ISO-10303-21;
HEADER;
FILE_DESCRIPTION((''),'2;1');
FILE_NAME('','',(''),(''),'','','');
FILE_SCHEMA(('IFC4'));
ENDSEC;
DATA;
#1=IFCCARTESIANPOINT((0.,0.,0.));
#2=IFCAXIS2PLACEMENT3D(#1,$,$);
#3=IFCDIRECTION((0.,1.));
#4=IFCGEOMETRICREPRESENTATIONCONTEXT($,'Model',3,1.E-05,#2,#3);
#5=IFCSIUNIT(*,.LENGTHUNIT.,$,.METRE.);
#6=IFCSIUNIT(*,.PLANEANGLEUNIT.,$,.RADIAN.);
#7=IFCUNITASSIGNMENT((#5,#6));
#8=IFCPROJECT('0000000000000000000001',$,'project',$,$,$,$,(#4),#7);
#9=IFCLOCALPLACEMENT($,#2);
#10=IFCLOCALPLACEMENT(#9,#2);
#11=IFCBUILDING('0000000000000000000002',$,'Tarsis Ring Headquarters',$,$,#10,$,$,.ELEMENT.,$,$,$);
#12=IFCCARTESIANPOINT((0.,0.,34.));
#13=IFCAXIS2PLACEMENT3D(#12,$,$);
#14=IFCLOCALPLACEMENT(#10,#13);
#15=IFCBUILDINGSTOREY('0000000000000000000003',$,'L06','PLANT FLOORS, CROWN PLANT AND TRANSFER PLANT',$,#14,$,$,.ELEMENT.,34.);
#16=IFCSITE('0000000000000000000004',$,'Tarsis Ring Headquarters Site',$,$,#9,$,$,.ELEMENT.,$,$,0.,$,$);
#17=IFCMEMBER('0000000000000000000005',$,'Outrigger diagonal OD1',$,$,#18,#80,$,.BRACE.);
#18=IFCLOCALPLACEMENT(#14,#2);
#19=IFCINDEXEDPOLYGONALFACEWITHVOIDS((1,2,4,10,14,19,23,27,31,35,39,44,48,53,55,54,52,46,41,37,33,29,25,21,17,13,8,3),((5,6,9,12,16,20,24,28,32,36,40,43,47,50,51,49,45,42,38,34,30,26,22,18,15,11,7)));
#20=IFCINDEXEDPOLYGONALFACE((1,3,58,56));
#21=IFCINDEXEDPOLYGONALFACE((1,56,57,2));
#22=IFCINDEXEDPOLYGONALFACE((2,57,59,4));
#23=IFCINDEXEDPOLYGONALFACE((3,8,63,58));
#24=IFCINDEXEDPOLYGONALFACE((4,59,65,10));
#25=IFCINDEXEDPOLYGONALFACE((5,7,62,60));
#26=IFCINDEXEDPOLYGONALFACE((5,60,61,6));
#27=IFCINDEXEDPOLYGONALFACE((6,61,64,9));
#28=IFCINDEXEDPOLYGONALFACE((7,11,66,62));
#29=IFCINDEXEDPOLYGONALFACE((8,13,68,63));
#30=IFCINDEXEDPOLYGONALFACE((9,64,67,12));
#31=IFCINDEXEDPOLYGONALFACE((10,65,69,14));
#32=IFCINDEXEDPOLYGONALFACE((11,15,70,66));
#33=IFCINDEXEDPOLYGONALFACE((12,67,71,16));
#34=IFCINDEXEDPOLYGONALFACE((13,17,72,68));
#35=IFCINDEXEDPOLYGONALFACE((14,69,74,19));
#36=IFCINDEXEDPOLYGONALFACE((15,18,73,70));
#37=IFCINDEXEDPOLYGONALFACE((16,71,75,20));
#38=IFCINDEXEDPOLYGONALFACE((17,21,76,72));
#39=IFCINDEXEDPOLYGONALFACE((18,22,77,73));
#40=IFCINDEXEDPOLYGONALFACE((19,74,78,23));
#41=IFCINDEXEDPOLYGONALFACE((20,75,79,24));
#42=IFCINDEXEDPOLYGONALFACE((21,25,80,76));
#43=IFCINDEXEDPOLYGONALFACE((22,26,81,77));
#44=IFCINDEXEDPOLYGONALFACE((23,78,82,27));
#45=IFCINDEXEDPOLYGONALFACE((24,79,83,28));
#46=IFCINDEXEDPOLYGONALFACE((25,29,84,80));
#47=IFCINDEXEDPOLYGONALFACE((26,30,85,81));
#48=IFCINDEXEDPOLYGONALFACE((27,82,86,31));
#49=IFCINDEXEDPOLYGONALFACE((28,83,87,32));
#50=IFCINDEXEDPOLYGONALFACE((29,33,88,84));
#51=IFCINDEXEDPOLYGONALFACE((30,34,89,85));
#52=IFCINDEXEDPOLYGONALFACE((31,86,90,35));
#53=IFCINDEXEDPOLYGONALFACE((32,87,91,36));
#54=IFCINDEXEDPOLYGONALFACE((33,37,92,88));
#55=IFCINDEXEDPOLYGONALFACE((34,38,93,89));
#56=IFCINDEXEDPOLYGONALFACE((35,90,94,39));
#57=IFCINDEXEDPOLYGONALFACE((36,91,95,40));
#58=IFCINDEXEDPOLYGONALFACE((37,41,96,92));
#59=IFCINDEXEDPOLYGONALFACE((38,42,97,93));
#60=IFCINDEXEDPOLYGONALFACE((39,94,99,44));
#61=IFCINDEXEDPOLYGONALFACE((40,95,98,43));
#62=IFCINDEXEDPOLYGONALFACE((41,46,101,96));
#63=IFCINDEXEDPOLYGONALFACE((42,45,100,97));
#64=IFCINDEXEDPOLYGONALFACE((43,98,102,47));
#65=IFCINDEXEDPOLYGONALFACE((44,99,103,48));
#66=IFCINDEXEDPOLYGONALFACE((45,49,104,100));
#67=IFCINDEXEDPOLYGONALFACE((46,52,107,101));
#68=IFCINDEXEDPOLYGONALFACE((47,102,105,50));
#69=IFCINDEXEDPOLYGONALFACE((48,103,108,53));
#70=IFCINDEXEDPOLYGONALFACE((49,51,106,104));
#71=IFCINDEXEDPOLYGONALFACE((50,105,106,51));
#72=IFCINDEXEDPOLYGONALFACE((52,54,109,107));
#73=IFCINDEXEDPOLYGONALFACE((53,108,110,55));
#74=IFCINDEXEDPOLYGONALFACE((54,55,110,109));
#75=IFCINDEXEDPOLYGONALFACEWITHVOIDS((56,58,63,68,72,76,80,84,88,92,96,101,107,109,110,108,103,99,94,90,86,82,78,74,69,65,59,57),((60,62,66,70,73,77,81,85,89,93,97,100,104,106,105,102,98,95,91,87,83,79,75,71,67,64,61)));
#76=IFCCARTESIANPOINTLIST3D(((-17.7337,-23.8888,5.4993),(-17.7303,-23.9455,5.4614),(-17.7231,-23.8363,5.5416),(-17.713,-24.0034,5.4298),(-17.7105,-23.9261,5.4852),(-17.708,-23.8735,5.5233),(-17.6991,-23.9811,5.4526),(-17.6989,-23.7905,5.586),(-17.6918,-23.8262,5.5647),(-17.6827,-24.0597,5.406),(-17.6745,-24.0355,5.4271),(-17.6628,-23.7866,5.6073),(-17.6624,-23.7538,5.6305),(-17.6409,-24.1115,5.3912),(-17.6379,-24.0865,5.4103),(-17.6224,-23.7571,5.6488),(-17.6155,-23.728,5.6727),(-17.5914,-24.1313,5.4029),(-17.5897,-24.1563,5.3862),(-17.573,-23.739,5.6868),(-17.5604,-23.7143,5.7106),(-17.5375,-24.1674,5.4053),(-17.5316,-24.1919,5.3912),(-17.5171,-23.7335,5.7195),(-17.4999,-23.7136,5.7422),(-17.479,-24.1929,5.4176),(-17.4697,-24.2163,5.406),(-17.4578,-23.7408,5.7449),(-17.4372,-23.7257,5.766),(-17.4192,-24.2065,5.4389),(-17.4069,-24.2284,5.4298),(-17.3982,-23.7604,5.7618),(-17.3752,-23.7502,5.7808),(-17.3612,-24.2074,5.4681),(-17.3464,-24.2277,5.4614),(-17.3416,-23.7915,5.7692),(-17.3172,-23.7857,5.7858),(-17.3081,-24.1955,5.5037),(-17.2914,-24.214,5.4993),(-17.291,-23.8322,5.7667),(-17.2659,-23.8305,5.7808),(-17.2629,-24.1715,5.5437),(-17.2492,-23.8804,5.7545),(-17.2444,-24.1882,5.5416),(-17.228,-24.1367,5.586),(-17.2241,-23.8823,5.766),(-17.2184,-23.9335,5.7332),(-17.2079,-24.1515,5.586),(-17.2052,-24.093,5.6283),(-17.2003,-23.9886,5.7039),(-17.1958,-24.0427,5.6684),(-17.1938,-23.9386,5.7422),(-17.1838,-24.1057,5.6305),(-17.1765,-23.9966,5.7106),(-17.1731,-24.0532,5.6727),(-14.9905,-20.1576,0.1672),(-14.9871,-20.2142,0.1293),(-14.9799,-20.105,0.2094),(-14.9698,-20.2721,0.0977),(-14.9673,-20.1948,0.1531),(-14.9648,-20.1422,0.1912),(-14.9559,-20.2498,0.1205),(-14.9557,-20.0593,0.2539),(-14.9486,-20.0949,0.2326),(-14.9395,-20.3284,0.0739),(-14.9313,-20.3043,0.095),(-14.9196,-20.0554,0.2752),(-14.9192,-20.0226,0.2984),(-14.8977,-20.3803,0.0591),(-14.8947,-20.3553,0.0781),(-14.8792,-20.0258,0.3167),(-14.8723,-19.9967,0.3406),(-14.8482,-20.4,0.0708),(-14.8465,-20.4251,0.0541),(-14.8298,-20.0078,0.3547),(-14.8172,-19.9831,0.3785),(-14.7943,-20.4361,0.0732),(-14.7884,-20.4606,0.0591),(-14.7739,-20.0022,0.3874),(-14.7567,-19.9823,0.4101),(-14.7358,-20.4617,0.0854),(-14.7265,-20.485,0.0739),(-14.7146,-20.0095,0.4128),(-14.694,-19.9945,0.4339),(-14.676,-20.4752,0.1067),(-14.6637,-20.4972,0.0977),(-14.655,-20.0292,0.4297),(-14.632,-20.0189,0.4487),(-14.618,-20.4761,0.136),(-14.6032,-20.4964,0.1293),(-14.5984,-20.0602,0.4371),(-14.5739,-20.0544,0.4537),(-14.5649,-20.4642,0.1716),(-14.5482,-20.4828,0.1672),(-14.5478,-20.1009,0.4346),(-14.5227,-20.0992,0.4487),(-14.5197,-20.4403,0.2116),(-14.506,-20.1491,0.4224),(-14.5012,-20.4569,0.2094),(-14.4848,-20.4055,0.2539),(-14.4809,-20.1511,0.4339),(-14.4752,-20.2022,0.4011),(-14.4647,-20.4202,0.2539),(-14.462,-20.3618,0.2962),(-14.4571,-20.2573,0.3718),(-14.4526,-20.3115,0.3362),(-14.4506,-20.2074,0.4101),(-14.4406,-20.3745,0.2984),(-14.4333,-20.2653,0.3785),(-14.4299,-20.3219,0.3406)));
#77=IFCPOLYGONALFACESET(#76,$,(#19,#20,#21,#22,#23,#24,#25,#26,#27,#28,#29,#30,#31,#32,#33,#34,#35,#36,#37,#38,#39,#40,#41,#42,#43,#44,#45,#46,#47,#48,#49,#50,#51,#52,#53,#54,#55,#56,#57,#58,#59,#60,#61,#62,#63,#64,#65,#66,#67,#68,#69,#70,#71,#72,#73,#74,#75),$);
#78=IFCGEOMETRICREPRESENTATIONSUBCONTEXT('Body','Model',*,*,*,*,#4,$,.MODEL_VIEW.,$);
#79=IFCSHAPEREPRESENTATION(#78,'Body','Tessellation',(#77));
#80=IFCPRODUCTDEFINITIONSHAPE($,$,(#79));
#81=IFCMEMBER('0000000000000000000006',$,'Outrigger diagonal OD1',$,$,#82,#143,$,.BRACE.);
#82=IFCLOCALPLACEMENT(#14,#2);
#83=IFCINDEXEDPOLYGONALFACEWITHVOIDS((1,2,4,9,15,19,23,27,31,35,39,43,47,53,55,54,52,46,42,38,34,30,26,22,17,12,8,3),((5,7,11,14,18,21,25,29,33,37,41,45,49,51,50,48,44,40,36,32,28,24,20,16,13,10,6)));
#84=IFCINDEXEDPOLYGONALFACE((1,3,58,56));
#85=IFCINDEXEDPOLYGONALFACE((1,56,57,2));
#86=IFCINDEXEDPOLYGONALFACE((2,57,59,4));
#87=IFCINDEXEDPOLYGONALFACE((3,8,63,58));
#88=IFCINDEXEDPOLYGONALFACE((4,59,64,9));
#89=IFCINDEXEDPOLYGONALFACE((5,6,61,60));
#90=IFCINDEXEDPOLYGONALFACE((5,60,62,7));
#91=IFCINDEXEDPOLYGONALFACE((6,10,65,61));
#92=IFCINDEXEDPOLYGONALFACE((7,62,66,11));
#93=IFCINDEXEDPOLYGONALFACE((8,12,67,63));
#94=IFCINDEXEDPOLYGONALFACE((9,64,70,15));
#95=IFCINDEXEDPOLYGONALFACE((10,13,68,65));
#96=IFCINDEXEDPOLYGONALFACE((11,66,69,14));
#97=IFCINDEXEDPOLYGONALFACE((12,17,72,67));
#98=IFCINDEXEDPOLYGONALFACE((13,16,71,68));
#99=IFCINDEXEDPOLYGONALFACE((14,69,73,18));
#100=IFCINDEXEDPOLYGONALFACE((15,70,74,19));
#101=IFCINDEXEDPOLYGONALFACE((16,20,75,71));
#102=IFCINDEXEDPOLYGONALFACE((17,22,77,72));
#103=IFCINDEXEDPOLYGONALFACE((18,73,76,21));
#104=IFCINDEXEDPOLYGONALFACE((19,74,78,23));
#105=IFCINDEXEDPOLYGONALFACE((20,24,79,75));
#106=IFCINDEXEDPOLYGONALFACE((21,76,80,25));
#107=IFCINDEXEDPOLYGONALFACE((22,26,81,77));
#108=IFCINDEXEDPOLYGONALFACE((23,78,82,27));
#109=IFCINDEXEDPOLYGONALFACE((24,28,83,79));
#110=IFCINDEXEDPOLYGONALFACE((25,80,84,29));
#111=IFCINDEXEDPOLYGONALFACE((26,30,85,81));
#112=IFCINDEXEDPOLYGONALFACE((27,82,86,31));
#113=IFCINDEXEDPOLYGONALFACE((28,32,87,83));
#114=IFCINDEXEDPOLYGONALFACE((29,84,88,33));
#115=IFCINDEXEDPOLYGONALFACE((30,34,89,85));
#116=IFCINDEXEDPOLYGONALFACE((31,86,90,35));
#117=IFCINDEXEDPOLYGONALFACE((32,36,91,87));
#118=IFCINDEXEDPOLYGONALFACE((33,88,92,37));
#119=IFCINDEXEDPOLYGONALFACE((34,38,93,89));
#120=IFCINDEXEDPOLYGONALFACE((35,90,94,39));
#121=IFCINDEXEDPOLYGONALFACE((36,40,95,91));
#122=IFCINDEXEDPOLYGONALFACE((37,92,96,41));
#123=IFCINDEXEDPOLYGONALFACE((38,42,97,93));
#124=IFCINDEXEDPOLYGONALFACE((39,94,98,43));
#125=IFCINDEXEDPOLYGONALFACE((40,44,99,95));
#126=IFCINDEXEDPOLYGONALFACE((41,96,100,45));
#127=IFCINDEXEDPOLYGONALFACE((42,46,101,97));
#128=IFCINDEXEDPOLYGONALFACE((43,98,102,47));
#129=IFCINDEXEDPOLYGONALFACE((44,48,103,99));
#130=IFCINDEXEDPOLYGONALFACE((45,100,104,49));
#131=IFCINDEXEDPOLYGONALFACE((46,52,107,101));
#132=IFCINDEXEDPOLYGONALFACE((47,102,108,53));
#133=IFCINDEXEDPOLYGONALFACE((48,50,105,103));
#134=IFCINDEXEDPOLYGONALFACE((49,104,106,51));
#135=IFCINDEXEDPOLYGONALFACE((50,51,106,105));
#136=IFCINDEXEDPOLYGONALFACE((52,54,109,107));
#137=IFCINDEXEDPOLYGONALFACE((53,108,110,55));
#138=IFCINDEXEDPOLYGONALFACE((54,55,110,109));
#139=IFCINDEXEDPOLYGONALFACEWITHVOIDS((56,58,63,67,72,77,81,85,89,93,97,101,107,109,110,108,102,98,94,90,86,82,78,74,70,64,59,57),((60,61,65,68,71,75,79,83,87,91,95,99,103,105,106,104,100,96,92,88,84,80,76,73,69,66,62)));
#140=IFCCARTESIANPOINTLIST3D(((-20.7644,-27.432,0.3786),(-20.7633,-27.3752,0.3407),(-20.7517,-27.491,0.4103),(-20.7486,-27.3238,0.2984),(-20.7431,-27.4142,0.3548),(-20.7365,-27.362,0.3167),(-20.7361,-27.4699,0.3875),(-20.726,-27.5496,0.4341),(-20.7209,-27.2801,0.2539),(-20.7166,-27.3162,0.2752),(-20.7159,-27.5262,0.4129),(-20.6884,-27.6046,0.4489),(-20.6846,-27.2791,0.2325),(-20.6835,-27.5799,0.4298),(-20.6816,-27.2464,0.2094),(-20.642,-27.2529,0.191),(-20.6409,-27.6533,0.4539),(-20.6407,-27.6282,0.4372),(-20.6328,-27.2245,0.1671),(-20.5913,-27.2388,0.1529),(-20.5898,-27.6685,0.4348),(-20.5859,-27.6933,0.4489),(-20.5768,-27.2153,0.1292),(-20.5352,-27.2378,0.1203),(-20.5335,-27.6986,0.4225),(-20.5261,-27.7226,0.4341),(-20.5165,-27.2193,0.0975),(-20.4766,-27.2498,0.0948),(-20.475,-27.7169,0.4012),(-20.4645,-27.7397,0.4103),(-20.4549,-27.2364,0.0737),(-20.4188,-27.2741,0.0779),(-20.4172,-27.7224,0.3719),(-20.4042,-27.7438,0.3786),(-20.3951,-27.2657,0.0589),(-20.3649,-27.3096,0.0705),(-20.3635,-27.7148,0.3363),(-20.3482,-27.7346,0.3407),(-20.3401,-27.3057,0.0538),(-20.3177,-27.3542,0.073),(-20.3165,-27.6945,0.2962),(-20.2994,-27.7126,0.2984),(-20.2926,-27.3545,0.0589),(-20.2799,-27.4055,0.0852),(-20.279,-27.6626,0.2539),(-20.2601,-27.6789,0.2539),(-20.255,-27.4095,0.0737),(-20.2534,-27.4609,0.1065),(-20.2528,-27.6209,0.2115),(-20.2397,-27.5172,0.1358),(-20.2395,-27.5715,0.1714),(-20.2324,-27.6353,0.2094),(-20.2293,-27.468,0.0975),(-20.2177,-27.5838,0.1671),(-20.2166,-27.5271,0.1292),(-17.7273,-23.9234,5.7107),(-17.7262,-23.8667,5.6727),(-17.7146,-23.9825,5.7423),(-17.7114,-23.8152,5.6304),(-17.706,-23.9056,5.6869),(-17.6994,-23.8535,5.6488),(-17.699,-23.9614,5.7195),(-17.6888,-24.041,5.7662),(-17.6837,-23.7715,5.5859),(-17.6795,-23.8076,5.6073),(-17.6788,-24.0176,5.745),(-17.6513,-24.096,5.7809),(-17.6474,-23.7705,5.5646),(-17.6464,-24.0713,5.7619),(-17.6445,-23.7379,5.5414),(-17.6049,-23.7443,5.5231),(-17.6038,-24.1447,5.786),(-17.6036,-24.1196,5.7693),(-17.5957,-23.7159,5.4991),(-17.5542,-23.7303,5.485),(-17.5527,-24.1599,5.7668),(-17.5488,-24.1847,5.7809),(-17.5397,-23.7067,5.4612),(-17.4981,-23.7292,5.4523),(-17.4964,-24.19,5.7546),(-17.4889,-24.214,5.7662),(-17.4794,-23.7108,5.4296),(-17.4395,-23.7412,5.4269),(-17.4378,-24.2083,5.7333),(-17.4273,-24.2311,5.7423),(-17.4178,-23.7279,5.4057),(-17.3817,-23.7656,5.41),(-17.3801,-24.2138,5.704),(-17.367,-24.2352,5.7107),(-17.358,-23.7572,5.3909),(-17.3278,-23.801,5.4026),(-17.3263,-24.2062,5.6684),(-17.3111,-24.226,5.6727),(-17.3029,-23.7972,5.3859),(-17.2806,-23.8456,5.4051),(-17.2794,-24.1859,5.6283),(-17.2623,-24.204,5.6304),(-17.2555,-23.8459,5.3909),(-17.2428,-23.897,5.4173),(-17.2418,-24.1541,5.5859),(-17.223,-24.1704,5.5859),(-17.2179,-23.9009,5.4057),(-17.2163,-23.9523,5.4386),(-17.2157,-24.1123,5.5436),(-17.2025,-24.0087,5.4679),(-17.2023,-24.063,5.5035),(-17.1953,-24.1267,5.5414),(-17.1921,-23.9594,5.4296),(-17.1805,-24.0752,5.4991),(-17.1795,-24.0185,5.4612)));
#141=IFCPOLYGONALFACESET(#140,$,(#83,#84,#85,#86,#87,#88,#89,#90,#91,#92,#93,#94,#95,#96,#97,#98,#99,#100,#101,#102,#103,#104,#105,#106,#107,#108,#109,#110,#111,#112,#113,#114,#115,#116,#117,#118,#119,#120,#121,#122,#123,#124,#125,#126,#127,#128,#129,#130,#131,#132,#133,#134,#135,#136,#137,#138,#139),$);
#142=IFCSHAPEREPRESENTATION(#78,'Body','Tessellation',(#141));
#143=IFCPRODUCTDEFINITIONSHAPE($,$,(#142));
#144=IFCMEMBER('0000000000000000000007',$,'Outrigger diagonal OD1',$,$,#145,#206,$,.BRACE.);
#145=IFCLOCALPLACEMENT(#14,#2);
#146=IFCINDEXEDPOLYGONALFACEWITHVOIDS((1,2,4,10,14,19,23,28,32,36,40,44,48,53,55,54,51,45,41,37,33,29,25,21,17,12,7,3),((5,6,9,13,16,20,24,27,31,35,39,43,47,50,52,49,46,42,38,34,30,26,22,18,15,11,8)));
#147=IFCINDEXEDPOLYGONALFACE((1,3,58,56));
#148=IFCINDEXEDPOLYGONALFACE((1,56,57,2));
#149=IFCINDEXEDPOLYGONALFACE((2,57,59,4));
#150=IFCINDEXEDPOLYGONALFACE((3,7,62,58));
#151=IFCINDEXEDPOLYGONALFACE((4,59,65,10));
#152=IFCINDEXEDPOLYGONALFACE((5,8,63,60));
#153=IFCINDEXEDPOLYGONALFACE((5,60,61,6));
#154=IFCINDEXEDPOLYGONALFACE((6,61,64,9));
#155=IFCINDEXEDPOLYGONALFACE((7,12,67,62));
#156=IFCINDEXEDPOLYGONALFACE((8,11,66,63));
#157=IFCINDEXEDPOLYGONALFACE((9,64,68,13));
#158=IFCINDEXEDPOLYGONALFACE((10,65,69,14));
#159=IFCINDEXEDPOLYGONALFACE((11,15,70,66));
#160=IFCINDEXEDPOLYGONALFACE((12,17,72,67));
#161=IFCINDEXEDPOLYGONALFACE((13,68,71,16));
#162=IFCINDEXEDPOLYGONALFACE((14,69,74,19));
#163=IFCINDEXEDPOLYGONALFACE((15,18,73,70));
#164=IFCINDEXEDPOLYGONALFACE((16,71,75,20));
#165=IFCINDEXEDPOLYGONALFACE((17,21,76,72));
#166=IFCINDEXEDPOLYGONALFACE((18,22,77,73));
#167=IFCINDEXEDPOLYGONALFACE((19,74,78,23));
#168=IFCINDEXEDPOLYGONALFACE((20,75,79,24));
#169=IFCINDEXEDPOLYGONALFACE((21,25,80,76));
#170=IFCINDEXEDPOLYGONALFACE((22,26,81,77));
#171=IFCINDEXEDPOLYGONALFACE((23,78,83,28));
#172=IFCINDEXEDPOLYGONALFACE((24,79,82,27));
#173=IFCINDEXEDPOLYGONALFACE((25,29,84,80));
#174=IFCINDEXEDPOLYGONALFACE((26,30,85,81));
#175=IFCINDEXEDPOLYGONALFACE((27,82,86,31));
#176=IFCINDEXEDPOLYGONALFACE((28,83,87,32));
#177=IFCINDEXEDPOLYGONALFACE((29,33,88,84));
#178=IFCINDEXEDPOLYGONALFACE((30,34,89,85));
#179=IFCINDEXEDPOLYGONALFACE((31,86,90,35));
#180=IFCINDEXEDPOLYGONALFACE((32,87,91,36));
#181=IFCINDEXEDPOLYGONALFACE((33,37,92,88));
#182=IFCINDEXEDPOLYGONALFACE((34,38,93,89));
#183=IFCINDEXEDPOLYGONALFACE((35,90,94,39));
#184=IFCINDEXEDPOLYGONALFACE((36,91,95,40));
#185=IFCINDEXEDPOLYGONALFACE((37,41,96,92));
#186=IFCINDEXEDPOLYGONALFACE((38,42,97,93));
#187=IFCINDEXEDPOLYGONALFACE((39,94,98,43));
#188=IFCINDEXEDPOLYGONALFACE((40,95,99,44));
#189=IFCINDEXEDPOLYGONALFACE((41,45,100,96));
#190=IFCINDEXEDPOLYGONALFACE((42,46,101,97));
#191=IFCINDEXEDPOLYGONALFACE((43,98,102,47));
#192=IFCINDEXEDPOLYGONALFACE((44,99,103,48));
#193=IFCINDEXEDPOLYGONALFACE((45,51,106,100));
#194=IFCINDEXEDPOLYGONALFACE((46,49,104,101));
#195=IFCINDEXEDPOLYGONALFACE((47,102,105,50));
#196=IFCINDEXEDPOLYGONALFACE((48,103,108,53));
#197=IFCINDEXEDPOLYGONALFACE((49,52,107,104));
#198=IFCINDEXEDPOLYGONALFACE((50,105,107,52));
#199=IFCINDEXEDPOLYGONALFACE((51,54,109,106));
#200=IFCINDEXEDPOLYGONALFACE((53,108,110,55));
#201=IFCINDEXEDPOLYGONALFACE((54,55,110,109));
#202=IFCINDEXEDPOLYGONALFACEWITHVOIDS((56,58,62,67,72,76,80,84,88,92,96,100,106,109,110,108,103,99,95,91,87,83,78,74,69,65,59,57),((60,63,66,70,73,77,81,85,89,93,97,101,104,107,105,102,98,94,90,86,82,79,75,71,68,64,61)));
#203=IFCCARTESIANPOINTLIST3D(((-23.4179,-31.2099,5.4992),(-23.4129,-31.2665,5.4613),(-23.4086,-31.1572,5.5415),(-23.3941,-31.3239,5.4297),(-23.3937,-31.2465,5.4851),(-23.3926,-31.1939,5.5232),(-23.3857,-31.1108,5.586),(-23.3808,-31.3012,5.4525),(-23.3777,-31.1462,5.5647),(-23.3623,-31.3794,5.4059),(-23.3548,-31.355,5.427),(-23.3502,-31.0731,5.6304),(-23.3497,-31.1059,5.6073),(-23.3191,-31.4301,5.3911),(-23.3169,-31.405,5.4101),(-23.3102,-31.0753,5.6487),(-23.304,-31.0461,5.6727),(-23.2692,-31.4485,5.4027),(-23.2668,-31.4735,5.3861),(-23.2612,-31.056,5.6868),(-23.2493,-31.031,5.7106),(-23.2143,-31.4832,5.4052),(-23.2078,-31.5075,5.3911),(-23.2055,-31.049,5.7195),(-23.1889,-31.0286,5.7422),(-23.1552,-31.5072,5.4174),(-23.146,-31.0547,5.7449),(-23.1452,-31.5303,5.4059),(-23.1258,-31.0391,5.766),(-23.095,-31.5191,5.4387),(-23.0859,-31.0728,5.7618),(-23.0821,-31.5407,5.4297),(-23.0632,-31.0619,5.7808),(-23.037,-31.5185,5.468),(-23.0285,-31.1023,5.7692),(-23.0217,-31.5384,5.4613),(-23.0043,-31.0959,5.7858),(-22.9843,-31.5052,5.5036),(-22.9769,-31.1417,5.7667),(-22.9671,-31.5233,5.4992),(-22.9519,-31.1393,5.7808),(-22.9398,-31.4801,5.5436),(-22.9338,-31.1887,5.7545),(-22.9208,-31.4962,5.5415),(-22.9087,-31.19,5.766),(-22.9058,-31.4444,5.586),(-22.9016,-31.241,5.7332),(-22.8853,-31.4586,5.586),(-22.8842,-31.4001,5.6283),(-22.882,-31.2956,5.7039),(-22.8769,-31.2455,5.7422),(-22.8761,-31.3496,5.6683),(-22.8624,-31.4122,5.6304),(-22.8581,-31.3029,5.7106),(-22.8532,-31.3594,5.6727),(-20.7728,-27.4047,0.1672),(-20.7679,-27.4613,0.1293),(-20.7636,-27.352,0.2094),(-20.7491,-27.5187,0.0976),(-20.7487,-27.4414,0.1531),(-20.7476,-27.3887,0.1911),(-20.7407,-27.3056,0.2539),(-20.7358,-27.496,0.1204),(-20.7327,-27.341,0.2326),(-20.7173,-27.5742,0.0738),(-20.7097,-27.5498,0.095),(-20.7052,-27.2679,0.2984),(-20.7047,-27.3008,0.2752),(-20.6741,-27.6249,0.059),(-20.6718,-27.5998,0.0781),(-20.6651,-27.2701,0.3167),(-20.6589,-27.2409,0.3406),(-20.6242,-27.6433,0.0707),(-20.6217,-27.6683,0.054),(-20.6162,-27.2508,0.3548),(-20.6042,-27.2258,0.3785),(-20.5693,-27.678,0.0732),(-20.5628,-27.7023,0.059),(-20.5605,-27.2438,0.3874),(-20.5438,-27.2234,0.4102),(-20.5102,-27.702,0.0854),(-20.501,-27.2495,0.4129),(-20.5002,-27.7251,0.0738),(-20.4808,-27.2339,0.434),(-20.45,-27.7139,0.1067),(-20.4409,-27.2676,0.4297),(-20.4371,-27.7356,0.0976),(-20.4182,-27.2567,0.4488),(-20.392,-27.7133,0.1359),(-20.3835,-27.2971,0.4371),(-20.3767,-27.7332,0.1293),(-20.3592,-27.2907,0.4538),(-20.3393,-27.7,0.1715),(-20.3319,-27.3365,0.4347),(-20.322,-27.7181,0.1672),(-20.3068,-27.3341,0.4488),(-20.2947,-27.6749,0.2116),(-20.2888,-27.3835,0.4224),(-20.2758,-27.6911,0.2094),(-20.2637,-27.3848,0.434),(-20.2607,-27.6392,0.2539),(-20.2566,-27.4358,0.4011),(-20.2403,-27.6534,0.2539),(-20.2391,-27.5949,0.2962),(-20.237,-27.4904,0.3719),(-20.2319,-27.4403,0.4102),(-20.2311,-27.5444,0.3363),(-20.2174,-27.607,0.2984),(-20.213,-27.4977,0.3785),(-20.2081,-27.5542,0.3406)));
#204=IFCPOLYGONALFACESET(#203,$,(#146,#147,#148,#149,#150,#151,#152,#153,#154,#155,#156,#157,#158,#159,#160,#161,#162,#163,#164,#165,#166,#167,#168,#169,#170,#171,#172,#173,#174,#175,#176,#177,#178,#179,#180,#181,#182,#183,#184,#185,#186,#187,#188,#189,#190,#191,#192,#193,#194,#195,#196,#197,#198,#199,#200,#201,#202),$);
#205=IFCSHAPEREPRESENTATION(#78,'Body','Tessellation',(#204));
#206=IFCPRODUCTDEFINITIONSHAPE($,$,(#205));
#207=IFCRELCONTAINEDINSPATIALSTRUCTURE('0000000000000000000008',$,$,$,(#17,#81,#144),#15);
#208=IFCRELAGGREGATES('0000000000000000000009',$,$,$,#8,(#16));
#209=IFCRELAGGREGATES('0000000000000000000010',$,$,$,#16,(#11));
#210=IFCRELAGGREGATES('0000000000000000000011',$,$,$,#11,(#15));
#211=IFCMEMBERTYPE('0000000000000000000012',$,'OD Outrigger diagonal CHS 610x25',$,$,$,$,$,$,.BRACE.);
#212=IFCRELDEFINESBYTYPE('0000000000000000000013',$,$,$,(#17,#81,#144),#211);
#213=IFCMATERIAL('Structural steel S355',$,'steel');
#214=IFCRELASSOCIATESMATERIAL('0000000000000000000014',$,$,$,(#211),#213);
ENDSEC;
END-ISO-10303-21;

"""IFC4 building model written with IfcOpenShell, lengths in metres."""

from ifc_helpers import new_model, si_unit, direction, frame, origin, origin_2d, place, context, subcontext, project, spatial, hollow_circle, extrude, material, material_profile, profile_set, type_object, element, save


model = new_model("IFC4")

# Units and contexts
model_context = context("Model", 3, precision=1e-05, world=origin(), true_north=direction((0.0, 1.0)))
body_context = subcontext(model_context, "Body", "Model", "MODEL_VIEW")
ifc_project = project(units=[si_unit("LENGTHUNIT", "METRE"), si_unit("PLANEANGLEUNIT", "RADIAN")], contexts=[model_context])

# Site, building, storey
site_placement = place(None, origin())
site = spatial("IfcSite", under=ifc_project, at=site_placement, Name="Tarsis Ring Headquarters Site", CompositionType="ELEMENT", RefElevation=0.0)
building_placement = place(site_placement, origin())
building = spatial("IfcBuilding", under=site, at=building_placement, Name="Tarsis Ring Headquarters", CompositionType="ELEMENT")
storey_placement = place(building_placement, frame((0.0, 0.0, 34.0)))
storey = spatial("IfcBuildingStorey", under=building, at=storey_placement, Name="L06", Description="PLANT FLOORS, CROWN PLANT AND TRANSFER PLANT", CompositionType="ELEMENT", Elevation=34.0)

# Shared definitions
ifc_material_1 = material(Name="Structural steel S355", Category="steel")

# Members
ifc_material_profile_1 = material_profile(ifc_material_1, hollow_circle(Radius=0.3047, WallThickness=0.0249, at=origin_2d()), Name="CHS 610x25")
ifc_profile_set_1 = profile_set([ifc_material_profile_1], Name="Structural steel S355")
member_type_1 = type_object("IfcMemberType", Name="OD Outrigger diagonal CHS 610x25", PredefinedType="BRACE", material=ifc_profile_set_1)
member_1_placement = place(storey_placement, frame((-14.7102, -20.2397, 0.2539), z_axis=(-0.388419, -0.52832, 0.75499), x_axis=(0.805689, -0.592339, 0.0)))
element("IfcMember", 1, at=member_1_placement, inside=storey, type_object=member_type_1, Name="Outrigger diagonal OD1", PredefinedType="BRACE", context=body_context, shape_type="SweptSolid", body=[
    extrude(hollow_circle(Radius=0.3047, WallThickness=0.0249, at=origin_2d()), origin(), (0.0, 0.0, 1.0), 7.0625),
])
member_2_placement = place(storey_placement, frame((-17.4534, -23.9709, 5.5859), z_axis=(-0.429665, -0.49636, -0.754331), x_axis=(0.756076, -0.654484, 0.0)))
element("IfcMember", 2, at=member_2_placement, inside=storey, type_object=member_type_1, Name="Outrigger diagonal OD1", PredefinedType="BRACE", context=body_context, shape_type="SweptSolid", body=[
    extrude(hollow_circle(Radius=0.3047, WallThickness=0.0249, at=origin_2d()), origin(), (0.0, 0.0, 1.0), 7.0686),
])
member_3_placement = place(storey_placement, frame((-20.4905, -27.4795, 0.2539), z_axis=(-0.374414, -0.538639, 0.754773), x_axis=(0.821113, -0.570765, 0.0)))
element("IfcMember", 3, at=member_3_placement, inside=storey, type_object=member_type_1, Name="Outrigger diagonal OD1", PredefinedType="BRACE", context=body_context, shape_type="SweptSolid", body=[
    extrude(hollow_circle(Radius=0.3047, WallThickness=0.0249, at=origin_2d()), origin(), (0.0, 0.0, 1.0), 7.0645),
])

save(model, "model.ifc")
